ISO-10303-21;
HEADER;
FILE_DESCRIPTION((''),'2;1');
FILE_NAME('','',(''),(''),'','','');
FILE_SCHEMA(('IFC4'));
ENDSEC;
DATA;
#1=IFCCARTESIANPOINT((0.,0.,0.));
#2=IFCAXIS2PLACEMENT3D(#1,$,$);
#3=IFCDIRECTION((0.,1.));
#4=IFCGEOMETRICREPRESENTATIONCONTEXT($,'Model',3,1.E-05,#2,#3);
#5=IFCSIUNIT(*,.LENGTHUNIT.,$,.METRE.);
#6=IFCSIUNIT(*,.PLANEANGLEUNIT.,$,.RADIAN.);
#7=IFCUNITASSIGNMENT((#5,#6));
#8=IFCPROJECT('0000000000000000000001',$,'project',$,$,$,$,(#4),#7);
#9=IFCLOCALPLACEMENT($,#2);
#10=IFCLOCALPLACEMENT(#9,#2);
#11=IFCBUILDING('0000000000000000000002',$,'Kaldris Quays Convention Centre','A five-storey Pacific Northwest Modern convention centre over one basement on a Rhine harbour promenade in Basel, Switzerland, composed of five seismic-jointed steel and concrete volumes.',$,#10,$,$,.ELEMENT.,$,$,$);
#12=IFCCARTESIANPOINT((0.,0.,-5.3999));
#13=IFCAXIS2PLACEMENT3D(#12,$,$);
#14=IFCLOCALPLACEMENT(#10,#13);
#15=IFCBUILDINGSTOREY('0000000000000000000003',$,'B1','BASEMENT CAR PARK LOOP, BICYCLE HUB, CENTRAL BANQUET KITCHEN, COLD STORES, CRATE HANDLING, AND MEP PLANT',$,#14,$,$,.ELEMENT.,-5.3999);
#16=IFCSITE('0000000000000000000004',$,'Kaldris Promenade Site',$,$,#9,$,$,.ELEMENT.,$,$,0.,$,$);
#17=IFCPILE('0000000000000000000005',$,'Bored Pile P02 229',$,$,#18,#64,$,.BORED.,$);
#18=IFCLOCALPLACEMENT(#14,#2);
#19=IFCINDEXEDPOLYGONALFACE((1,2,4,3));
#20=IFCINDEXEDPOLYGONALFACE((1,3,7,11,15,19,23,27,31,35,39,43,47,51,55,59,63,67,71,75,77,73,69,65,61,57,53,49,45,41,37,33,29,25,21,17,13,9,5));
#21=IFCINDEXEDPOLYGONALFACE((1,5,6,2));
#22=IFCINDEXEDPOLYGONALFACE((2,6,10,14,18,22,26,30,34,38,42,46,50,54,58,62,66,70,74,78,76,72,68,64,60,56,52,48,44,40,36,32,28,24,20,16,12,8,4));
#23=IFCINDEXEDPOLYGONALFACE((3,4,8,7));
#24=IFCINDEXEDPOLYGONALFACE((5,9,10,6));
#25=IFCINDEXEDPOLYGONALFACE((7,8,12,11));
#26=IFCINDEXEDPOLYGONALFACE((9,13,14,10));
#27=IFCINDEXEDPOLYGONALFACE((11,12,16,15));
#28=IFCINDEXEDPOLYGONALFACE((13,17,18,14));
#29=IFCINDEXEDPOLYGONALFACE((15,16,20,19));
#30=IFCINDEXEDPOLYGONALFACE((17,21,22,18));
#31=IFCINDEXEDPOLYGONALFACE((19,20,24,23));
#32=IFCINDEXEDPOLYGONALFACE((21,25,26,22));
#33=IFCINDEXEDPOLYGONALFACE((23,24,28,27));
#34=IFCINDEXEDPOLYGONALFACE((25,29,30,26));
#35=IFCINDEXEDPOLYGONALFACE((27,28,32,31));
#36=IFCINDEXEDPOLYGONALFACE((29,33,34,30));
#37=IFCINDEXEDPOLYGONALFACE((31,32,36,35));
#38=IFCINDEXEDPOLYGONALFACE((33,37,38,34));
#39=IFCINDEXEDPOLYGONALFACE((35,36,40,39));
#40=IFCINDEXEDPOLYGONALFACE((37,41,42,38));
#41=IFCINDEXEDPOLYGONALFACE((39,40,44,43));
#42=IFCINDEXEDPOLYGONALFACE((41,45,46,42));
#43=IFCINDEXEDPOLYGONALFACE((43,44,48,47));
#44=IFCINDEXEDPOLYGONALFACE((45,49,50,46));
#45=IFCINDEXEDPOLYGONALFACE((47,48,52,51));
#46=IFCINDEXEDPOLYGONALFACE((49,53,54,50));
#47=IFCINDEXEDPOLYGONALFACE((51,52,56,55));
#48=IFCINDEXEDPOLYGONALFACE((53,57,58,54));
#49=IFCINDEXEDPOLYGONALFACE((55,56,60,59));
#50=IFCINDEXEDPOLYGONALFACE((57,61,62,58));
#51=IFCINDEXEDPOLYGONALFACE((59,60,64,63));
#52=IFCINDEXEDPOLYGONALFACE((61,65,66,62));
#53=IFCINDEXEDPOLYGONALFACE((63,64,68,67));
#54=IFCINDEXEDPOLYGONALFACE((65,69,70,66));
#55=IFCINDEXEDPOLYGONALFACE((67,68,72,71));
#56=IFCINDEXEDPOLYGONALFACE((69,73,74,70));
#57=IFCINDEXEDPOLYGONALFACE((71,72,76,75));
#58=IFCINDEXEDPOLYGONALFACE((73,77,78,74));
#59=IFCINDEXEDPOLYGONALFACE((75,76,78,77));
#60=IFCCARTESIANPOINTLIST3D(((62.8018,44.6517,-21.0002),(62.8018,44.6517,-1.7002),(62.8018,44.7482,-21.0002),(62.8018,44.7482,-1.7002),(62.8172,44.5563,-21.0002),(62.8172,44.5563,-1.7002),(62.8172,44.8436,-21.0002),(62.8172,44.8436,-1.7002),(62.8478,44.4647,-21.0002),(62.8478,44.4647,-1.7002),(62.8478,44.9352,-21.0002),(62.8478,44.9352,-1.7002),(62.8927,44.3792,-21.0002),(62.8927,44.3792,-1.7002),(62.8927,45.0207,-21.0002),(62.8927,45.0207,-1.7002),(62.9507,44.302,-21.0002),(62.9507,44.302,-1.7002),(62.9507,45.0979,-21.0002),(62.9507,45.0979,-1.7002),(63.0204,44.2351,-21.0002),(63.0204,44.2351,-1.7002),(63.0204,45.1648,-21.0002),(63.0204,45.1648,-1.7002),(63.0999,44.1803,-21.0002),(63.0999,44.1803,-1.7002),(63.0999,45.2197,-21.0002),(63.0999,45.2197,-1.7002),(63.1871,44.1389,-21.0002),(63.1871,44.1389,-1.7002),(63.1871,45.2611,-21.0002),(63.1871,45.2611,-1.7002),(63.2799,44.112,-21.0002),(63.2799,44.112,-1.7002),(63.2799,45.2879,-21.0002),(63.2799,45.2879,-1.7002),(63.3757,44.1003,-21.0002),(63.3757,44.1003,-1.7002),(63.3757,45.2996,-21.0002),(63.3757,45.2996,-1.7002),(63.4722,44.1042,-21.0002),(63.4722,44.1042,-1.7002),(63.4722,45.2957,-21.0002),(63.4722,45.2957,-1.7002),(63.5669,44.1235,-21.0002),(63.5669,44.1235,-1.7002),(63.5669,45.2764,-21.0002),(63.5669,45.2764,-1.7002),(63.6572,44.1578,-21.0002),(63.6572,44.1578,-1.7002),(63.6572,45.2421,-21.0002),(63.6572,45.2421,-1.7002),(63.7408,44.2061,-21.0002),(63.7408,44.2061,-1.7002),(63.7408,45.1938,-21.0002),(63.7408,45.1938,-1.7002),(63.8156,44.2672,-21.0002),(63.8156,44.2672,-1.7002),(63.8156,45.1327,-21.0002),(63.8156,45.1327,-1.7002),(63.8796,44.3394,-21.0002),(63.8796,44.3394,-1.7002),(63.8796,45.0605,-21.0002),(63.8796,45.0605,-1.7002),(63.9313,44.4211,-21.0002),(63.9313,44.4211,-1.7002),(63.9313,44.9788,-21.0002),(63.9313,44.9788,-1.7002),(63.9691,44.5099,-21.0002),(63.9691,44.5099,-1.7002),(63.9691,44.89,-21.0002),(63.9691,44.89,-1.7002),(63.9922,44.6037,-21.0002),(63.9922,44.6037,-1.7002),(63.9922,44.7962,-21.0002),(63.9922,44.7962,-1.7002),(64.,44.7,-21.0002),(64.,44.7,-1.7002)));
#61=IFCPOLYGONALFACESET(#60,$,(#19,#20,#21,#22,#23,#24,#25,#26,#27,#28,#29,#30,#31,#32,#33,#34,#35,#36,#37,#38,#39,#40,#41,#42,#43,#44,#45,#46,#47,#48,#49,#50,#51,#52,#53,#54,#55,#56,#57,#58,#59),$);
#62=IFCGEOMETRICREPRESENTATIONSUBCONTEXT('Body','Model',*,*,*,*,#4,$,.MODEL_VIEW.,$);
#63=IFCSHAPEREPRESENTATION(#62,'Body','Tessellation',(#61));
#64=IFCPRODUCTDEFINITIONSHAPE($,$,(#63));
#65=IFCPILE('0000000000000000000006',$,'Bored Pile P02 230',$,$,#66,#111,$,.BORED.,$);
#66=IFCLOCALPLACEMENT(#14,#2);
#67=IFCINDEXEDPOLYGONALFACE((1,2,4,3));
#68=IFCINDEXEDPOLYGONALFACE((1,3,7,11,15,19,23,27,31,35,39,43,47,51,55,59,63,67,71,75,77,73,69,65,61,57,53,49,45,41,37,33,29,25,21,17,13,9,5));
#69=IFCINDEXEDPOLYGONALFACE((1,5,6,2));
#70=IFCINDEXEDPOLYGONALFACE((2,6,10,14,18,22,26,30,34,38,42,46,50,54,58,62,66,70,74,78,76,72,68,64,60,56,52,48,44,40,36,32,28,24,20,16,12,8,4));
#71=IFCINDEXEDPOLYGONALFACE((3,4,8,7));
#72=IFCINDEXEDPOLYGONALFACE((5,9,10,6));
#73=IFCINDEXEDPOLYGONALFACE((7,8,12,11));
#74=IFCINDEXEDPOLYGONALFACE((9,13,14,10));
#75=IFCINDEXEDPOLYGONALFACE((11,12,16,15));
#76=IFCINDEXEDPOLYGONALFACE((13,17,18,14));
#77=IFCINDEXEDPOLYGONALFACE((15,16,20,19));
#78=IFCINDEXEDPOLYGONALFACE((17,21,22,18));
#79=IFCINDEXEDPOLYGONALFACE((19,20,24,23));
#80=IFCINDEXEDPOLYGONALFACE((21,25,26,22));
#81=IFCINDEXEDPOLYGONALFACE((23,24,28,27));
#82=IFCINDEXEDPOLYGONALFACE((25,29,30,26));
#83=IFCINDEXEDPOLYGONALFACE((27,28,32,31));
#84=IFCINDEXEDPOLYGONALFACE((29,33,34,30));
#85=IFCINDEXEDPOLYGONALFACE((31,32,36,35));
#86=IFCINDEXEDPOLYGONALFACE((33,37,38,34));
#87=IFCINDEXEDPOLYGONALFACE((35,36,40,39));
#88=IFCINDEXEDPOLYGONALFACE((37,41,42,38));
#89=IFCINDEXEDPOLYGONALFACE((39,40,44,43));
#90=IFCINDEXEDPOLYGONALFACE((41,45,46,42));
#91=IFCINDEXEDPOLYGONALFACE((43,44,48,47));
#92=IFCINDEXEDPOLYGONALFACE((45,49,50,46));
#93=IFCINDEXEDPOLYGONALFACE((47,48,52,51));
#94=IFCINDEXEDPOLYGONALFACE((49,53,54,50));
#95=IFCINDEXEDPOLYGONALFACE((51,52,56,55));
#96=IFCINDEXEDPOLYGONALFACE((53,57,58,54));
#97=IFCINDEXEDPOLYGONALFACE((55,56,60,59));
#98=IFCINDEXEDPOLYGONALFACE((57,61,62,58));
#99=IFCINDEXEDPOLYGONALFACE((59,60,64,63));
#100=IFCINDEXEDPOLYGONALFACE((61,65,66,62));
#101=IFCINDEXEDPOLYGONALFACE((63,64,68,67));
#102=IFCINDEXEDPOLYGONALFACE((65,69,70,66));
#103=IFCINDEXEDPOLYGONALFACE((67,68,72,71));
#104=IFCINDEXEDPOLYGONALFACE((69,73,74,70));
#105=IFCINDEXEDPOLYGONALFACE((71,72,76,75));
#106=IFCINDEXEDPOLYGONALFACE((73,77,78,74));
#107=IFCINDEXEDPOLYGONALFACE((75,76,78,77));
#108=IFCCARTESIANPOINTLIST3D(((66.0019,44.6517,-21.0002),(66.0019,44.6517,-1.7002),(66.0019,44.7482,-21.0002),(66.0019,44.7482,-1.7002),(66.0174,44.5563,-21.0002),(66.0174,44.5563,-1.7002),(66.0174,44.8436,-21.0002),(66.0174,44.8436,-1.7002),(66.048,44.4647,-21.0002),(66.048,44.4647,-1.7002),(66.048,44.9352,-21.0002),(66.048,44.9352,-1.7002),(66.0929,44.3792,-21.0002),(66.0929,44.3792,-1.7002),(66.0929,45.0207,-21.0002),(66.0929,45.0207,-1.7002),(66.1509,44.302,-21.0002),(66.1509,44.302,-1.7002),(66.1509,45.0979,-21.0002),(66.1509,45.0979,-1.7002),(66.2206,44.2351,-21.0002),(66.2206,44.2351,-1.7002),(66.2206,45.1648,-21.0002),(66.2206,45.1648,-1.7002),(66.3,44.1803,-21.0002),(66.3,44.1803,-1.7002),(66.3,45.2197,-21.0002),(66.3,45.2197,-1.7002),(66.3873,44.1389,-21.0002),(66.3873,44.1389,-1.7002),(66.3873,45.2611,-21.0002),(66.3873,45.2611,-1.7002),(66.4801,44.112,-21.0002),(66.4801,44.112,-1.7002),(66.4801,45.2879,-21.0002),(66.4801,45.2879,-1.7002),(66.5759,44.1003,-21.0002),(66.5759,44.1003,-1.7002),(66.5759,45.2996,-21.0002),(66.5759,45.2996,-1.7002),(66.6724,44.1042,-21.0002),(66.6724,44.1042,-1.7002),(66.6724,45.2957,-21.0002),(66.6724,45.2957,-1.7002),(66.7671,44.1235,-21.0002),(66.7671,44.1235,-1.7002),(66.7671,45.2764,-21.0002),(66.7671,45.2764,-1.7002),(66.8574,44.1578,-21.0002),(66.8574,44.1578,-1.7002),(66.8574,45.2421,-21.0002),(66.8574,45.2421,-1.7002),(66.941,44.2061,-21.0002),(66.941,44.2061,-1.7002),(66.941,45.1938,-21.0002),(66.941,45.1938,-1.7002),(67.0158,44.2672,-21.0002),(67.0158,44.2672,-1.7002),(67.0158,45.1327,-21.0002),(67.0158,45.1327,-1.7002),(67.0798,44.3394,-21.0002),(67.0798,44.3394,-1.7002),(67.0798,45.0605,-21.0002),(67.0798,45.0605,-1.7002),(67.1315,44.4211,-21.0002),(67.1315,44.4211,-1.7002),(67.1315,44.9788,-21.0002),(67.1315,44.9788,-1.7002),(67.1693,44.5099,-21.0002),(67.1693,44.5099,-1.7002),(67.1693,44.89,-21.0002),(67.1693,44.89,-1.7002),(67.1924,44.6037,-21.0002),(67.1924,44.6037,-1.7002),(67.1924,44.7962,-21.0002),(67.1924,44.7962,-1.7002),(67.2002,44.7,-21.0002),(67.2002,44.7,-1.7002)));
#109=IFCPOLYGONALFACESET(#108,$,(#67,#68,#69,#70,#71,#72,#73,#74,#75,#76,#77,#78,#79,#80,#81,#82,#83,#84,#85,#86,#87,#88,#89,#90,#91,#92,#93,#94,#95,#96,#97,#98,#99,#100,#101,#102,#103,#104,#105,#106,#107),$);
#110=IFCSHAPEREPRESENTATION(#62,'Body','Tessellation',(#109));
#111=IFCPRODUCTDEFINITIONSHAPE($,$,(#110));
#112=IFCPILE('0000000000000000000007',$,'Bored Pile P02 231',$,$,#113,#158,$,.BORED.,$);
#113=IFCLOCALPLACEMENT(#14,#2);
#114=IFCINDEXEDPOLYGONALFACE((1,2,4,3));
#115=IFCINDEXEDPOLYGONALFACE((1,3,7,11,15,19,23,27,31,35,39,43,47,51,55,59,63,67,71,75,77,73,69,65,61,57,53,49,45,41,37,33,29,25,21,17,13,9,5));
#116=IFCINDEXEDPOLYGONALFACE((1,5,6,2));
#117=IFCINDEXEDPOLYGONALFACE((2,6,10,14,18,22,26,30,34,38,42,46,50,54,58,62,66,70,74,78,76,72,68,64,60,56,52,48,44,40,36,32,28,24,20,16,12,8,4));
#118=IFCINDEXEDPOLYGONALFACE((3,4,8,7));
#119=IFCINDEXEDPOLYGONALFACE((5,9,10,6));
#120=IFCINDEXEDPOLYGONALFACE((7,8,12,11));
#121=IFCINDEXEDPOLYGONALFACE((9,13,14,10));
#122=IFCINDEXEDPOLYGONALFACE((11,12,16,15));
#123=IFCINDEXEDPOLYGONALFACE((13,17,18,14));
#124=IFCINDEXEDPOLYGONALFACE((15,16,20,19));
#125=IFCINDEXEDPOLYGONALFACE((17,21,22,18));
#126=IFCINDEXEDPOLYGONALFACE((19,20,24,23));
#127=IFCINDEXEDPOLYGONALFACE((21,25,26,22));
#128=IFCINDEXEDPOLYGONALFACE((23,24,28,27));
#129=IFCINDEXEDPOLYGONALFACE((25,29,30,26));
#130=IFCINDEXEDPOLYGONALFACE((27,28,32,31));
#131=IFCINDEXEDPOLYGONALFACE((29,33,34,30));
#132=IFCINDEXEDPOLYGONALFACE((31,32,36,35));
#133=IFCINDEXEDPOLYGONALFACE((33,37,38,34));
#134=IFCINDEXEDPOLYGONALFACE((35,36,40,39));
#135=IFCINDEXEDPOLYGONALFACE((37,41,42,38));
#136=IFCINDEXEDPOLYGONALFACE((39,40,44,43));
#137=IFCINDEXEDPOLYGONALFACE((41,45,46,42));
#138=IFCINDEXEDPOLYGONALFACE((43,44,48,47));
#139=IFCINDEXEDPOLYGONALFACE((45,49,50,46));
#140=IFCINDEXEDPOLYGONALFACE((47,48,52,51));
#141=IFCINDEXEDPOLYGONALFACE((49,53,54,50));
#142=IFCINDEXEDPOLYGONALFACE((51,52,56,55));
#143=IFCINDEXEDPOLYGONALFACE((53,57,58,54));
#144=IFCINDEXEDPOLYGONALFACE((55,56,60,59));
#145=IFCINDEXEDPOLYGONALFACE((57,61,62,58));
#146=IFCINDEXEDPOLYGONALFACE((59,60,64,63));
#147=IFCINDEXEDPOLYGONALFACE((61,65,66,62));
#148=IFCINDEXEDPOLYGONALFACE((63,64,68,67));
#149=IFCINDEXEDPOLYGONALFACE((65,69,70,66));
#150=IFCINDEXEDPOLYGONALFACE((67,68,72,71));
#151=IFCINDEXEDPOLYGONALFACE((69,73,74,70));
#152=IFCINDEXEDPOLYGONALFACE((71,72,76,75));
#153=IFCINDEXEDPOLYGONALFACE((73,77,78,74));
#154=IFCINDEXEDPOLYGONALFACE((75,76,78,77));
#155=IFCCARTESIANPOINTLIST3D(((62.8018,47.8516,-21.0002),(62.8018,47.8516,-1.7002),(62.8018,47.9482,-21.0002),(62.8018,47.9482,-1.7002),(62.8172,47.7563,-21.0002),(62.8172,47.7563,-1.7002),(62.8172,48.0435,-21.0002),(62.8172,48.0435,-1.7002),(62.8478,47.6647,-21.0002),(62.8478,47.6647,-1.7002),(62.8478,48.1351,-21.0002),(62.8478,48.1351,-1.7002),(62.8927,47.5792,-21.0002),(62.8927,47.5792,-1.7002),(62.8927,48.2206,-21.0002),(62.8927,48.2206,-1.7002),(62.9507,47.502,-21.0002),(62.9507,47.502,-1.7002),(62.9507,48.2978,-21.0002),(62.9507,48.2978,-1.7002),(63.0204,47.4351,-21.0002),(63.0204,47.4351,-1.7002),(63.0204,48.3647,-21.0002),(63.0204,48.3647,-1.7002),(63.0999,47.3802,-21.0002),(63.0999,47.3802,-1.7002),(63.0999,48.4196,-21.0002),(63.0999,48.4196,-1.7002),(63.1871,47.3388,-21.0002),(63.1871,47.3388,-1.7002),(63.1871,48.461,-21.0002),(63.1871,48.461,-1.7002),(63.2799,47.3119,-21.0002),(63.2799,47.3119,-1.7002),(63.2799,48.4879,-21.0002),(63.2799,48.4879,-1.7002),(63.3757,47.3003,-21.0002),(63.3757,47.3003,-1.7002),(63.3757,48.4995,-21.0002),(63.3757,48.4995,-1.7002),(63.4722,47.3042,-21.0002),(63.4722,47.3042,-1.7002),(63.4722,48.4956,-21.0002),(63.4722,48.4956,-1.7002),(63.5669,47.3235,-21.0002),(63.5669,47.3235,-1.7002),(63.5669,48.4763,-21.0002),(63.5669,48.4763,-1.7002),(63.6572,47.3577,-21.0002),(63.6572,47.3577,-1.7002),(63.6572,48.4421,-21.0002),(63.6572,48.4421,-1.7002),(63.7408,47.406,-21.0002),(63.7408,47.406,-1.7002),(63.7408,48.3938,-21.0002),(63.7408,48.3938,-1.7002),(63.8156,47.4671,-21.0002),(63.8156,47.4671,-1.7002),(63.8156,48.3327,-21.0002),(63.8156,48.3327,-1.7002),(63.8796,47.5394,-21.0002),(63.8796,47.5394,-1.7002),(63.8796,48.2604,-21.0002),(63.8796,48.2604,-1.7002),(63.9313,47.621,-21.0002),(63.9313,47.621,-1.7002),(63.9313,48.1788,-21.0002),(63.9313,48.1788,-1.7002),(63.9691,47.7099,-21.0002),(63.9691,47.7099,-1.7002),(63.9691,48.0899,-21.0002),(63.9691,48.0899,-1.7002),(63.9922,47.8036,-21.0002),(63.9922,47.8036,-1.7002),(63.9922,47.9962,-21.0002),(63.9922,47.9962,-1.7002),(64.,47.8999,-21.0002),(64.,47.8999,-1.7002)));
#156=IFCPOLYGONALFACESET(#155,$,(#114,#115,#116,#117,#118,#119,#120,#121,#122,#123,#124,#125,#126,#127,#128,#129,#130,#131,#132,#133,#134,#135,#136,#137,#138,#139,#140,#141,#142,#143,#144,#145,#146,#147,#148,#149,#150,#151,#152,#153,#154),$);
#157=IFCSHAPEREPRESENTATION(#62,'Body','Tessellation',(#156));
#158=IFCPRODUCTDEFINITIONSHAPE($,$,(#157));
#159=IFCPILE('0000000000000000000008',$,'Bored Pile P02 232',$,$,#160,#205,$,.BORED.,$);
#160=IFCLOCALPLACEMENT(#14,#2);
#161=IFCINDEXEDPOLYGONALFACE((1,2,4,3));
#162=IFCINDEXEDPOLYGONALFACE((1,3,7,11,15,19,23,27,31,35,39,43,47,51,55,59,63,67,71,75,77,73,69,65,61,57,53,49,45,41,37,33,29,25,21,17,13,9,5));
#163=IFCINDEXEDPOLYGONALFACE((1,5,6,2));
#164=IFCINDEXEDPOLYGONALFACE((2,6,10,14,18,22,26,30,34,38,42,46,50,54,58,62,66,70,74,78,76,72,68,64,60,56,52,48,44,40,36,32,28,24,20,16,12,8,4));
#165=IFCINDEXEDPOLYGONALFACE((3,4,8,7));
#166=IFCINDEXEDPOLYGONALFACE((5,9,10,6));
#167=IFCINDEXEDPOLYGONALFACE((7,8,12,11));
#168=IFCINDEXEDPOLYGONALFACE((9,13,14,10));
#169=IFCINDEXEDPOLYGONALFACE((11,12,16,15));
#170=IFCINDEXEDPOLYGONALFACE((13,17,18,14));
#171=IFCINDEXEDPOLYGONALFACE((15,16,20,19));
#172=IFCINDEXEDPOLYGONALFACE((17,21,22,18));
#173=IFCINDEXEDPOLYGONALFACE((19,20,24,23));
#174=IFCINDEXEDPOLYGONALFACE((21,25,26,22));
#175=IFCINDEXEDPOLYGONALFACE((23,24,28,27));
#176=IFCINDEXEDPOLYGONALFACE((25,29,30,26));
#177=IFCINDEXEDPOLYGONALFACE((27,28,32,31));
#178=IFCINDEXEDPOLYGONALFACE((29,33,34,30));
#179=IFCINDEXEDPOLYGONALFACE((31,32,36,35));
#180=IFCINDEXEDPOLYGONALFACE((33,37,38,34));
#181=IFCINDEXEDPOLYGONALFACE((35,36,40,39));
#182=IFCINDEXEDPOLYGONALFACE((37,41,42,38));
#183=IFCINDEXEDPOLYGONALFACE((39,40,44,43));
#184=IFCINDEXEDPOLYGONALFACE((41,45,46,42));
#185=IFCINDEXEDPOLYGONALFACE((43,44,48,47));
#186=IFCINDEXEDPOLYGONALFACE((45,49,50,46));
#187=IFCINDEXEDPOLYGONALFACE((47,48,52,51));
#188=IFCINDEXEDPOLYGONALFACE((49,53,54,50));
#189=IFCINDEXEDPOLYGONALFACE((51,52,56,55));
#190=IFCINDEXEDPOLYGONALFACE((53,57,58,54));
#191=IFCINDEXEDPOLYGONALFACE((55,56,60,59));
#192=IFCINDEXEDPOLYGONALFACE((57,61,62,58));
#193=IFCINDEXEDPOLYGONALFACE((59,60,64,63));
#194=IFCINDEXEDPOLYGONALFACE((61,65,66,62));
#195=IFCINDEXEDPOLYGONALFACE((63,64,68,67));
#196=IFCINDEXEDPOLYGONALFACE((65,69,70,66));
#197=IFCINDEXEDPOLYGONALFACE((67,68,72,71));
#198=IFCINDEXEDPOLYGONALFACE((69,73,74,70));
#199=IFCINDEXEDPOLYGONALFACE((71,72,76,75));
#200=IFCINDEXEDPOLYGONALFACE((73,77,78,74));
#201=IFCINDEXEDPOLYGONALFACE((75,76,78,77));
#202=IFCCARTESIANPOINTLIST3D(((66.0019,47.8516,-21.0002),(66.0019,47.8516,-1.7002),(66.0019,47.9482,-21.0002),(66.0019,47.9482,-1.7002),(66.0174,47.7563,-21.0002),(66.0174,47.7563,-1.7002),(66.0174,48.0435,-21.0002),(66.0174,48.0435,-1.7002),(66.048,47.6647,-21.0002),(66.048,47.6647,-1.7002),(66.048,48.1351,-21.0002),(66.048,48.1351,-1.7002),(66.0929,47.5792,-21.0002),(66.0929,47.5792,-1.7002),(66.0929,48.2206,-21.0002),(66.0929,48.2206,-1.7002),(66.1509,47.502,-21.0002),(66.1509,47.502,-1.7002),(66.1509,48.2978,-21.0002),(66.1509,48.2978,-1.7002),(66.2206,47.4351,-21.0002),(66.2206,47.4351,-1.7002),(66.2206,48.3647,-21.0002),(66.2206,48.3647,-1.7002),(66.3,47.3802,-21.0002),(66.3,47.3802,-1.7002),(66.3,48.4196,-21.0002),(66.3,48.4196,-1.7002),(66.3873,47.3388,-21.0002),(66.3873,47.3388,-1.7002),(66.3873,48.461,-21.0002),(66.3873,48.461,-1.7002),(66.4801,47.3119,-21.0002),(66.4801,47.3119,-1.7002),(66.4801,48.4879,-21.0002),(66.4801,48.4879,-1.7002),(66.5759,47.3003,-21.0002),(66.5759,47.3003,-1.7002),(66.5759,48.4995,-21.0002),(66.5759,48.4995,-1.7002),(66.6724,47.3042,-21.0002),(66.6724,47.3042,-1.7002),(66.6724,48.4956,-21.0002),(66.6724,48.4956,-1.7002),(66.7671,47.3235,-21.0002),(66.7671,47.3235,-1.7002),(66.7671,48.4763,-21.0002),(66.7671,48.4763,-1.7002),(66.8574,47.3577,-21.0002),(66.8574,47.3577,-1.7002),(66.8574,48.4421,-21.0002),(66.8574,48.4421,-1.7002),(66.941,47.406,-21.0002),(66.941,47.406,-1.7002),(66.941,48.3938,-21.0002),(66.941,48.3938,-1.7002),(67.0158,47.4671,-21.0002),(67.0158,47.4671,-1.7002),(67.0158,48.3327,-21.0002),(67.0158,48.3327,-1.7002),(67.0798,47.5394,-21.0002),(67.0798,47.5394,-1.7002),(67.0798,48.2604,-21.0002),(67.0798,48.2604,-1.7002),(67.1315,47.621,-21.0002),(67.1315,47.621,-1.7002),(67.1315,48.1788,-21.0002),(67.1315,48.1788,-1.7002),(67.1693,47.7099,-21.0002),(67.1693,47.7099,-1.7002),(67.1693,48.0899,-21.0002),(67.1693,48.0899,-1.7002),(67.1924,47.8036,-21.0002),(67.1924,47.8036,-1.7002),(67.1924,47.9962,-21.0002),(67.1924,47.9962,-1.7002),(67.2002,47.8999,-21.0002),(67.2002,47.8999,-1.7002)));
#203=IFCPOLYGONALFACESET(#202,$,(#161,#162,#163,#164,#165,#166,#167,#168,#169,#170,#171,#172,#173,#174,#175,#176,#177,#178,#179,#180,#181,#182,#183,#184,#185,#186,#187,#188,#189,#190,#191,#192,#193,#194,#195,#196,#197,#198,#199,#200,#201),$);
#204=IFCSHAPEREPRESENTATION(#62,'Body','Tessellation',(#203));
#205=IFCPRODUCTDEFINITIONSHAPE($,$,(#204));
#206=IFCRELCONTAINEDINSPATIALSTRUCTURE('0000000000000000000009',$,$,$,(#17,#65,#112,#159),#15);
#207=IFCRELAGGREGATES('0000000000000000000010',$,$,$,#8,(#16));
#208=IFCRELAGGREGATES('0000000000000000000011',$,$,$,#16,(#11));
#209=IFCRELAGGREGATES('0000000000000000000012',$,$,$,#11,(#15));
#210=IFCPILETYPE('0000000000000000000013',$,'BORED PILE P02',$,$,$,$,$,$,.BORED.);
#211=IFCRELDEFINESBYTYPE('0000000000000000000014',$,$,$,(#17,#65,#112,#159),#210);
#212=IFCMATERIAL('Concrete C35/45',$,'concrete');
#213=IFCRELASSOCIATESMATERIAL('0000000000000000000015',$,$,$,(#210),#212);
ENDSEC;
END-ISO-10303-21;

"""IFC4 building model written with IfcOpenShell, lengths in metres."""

from ifc_helpers import new_model, si_unit, direction, frame, origin, origin_2d, place, context, subcontext, project, spatial, circle, extrude, material, material_profile, profile_set, type_object, element, save


model = new_model("IFC4")

# Units and contexts
model_context = context("Model", 3, precision=1e-05, world=origin(), true_north=direction((0.0, 1.0)))
body_context = subcontext(model_context, "Body", "Model", "MODEL_VIEW")
ifc_project = project(units=[si_unit("LENGTHUNIT", "METRE"), si_unit("PLANEANGLEUNIT", "RADIAN")], contexts=[model_context])

# Site, building, storey
site_placement = place(None, origin())
site = spatial("IfcSite", under=ifc_project, at=site_placement, Name="Kaldris Promenade Site", CompositionType="ELEMENT", RefElevation=0.0)
building_placement = place(site_placement, origin())
building = spatial("IfcBuilding", under=site, at=building_placement, Name="Kaldris Quays Convention Centre", Description="A five-storey Pacific Northwest Modern convention centre over one basement on a Rhine harbour promenade in Basel, Switzerland, composed of five seismic-jointed steel and concrete volumes.", CompositionType="ELEMENT")
storey_placement = place(building_placement, frame((0.0, 0.0, -5.3999)))
storey = spatial("IfcBuildingStorey", under=building, at=storey_placement, Name="B1", Description="BASEMENT CAR PARK LOOP, BICYCLE HUB, CENTRAL BANQUET KITCHEN, COLD STORES, CRATE HANDLING, AND MEP PLANT", CompositionType="ELEMENT", Elevation=-5.3999)

# Piles
ifc_material_1 = material(Name="Concrete C35/45", Category="concrete")
ifc_material_profile_1 = material_profile(ifc_material_1, circle(Radius=0.6001, at=origin_2d()), Name="BORED PILE D1200")
ifc_profile_set_1 = profile_set([ifc_material_profile_1], Name="Concrete C35/45")
pile_type = type_object("IfcPileType", Name="BORED PILE P02", PredefinedType="BORED", material=ifc_profile_set_1)
for number, where, z_axis, x_axis, name in (
    (1, (63.3999, 44.7, -1.7002), (0.0, 0.0, -1.0), (1.0, 0.0, 0.0), "Bored Pile P02 229"),
    (2, (66.6001, 44.7, -1.7002), (0.0, 0.0, -1.0), (1.0, 0.0, 0.0), "Bored Pile P02 230"),
    (3, (63.3999, 47.8999, -1.7002), (0.0, 0.0, -1.0), (1.0, 0.0, 0.0), "Bored Pile P02 231"),
    (4, (66.6001, 47.8999, -1.7002), (0.0, 0.0, -1.0), (1.0, 0.0, 0.0), "Bored Pile P02 232"),
):
    element("IfcPile", number, at=place(storey_placement, frame(where, z_axis=z_axis, x_axis=x_axis)), inside=storey, type_object=pile_type, Name=name, PredefinedType="BORED", context=body_context, shape_type="SweptSolid", body=[
        extrude(circle(Radius=0.6001, at=origin_2d()), origin(), (0.0, 0.0, 1.0), 19.3),
    ])

save(model, "model.ifc")
